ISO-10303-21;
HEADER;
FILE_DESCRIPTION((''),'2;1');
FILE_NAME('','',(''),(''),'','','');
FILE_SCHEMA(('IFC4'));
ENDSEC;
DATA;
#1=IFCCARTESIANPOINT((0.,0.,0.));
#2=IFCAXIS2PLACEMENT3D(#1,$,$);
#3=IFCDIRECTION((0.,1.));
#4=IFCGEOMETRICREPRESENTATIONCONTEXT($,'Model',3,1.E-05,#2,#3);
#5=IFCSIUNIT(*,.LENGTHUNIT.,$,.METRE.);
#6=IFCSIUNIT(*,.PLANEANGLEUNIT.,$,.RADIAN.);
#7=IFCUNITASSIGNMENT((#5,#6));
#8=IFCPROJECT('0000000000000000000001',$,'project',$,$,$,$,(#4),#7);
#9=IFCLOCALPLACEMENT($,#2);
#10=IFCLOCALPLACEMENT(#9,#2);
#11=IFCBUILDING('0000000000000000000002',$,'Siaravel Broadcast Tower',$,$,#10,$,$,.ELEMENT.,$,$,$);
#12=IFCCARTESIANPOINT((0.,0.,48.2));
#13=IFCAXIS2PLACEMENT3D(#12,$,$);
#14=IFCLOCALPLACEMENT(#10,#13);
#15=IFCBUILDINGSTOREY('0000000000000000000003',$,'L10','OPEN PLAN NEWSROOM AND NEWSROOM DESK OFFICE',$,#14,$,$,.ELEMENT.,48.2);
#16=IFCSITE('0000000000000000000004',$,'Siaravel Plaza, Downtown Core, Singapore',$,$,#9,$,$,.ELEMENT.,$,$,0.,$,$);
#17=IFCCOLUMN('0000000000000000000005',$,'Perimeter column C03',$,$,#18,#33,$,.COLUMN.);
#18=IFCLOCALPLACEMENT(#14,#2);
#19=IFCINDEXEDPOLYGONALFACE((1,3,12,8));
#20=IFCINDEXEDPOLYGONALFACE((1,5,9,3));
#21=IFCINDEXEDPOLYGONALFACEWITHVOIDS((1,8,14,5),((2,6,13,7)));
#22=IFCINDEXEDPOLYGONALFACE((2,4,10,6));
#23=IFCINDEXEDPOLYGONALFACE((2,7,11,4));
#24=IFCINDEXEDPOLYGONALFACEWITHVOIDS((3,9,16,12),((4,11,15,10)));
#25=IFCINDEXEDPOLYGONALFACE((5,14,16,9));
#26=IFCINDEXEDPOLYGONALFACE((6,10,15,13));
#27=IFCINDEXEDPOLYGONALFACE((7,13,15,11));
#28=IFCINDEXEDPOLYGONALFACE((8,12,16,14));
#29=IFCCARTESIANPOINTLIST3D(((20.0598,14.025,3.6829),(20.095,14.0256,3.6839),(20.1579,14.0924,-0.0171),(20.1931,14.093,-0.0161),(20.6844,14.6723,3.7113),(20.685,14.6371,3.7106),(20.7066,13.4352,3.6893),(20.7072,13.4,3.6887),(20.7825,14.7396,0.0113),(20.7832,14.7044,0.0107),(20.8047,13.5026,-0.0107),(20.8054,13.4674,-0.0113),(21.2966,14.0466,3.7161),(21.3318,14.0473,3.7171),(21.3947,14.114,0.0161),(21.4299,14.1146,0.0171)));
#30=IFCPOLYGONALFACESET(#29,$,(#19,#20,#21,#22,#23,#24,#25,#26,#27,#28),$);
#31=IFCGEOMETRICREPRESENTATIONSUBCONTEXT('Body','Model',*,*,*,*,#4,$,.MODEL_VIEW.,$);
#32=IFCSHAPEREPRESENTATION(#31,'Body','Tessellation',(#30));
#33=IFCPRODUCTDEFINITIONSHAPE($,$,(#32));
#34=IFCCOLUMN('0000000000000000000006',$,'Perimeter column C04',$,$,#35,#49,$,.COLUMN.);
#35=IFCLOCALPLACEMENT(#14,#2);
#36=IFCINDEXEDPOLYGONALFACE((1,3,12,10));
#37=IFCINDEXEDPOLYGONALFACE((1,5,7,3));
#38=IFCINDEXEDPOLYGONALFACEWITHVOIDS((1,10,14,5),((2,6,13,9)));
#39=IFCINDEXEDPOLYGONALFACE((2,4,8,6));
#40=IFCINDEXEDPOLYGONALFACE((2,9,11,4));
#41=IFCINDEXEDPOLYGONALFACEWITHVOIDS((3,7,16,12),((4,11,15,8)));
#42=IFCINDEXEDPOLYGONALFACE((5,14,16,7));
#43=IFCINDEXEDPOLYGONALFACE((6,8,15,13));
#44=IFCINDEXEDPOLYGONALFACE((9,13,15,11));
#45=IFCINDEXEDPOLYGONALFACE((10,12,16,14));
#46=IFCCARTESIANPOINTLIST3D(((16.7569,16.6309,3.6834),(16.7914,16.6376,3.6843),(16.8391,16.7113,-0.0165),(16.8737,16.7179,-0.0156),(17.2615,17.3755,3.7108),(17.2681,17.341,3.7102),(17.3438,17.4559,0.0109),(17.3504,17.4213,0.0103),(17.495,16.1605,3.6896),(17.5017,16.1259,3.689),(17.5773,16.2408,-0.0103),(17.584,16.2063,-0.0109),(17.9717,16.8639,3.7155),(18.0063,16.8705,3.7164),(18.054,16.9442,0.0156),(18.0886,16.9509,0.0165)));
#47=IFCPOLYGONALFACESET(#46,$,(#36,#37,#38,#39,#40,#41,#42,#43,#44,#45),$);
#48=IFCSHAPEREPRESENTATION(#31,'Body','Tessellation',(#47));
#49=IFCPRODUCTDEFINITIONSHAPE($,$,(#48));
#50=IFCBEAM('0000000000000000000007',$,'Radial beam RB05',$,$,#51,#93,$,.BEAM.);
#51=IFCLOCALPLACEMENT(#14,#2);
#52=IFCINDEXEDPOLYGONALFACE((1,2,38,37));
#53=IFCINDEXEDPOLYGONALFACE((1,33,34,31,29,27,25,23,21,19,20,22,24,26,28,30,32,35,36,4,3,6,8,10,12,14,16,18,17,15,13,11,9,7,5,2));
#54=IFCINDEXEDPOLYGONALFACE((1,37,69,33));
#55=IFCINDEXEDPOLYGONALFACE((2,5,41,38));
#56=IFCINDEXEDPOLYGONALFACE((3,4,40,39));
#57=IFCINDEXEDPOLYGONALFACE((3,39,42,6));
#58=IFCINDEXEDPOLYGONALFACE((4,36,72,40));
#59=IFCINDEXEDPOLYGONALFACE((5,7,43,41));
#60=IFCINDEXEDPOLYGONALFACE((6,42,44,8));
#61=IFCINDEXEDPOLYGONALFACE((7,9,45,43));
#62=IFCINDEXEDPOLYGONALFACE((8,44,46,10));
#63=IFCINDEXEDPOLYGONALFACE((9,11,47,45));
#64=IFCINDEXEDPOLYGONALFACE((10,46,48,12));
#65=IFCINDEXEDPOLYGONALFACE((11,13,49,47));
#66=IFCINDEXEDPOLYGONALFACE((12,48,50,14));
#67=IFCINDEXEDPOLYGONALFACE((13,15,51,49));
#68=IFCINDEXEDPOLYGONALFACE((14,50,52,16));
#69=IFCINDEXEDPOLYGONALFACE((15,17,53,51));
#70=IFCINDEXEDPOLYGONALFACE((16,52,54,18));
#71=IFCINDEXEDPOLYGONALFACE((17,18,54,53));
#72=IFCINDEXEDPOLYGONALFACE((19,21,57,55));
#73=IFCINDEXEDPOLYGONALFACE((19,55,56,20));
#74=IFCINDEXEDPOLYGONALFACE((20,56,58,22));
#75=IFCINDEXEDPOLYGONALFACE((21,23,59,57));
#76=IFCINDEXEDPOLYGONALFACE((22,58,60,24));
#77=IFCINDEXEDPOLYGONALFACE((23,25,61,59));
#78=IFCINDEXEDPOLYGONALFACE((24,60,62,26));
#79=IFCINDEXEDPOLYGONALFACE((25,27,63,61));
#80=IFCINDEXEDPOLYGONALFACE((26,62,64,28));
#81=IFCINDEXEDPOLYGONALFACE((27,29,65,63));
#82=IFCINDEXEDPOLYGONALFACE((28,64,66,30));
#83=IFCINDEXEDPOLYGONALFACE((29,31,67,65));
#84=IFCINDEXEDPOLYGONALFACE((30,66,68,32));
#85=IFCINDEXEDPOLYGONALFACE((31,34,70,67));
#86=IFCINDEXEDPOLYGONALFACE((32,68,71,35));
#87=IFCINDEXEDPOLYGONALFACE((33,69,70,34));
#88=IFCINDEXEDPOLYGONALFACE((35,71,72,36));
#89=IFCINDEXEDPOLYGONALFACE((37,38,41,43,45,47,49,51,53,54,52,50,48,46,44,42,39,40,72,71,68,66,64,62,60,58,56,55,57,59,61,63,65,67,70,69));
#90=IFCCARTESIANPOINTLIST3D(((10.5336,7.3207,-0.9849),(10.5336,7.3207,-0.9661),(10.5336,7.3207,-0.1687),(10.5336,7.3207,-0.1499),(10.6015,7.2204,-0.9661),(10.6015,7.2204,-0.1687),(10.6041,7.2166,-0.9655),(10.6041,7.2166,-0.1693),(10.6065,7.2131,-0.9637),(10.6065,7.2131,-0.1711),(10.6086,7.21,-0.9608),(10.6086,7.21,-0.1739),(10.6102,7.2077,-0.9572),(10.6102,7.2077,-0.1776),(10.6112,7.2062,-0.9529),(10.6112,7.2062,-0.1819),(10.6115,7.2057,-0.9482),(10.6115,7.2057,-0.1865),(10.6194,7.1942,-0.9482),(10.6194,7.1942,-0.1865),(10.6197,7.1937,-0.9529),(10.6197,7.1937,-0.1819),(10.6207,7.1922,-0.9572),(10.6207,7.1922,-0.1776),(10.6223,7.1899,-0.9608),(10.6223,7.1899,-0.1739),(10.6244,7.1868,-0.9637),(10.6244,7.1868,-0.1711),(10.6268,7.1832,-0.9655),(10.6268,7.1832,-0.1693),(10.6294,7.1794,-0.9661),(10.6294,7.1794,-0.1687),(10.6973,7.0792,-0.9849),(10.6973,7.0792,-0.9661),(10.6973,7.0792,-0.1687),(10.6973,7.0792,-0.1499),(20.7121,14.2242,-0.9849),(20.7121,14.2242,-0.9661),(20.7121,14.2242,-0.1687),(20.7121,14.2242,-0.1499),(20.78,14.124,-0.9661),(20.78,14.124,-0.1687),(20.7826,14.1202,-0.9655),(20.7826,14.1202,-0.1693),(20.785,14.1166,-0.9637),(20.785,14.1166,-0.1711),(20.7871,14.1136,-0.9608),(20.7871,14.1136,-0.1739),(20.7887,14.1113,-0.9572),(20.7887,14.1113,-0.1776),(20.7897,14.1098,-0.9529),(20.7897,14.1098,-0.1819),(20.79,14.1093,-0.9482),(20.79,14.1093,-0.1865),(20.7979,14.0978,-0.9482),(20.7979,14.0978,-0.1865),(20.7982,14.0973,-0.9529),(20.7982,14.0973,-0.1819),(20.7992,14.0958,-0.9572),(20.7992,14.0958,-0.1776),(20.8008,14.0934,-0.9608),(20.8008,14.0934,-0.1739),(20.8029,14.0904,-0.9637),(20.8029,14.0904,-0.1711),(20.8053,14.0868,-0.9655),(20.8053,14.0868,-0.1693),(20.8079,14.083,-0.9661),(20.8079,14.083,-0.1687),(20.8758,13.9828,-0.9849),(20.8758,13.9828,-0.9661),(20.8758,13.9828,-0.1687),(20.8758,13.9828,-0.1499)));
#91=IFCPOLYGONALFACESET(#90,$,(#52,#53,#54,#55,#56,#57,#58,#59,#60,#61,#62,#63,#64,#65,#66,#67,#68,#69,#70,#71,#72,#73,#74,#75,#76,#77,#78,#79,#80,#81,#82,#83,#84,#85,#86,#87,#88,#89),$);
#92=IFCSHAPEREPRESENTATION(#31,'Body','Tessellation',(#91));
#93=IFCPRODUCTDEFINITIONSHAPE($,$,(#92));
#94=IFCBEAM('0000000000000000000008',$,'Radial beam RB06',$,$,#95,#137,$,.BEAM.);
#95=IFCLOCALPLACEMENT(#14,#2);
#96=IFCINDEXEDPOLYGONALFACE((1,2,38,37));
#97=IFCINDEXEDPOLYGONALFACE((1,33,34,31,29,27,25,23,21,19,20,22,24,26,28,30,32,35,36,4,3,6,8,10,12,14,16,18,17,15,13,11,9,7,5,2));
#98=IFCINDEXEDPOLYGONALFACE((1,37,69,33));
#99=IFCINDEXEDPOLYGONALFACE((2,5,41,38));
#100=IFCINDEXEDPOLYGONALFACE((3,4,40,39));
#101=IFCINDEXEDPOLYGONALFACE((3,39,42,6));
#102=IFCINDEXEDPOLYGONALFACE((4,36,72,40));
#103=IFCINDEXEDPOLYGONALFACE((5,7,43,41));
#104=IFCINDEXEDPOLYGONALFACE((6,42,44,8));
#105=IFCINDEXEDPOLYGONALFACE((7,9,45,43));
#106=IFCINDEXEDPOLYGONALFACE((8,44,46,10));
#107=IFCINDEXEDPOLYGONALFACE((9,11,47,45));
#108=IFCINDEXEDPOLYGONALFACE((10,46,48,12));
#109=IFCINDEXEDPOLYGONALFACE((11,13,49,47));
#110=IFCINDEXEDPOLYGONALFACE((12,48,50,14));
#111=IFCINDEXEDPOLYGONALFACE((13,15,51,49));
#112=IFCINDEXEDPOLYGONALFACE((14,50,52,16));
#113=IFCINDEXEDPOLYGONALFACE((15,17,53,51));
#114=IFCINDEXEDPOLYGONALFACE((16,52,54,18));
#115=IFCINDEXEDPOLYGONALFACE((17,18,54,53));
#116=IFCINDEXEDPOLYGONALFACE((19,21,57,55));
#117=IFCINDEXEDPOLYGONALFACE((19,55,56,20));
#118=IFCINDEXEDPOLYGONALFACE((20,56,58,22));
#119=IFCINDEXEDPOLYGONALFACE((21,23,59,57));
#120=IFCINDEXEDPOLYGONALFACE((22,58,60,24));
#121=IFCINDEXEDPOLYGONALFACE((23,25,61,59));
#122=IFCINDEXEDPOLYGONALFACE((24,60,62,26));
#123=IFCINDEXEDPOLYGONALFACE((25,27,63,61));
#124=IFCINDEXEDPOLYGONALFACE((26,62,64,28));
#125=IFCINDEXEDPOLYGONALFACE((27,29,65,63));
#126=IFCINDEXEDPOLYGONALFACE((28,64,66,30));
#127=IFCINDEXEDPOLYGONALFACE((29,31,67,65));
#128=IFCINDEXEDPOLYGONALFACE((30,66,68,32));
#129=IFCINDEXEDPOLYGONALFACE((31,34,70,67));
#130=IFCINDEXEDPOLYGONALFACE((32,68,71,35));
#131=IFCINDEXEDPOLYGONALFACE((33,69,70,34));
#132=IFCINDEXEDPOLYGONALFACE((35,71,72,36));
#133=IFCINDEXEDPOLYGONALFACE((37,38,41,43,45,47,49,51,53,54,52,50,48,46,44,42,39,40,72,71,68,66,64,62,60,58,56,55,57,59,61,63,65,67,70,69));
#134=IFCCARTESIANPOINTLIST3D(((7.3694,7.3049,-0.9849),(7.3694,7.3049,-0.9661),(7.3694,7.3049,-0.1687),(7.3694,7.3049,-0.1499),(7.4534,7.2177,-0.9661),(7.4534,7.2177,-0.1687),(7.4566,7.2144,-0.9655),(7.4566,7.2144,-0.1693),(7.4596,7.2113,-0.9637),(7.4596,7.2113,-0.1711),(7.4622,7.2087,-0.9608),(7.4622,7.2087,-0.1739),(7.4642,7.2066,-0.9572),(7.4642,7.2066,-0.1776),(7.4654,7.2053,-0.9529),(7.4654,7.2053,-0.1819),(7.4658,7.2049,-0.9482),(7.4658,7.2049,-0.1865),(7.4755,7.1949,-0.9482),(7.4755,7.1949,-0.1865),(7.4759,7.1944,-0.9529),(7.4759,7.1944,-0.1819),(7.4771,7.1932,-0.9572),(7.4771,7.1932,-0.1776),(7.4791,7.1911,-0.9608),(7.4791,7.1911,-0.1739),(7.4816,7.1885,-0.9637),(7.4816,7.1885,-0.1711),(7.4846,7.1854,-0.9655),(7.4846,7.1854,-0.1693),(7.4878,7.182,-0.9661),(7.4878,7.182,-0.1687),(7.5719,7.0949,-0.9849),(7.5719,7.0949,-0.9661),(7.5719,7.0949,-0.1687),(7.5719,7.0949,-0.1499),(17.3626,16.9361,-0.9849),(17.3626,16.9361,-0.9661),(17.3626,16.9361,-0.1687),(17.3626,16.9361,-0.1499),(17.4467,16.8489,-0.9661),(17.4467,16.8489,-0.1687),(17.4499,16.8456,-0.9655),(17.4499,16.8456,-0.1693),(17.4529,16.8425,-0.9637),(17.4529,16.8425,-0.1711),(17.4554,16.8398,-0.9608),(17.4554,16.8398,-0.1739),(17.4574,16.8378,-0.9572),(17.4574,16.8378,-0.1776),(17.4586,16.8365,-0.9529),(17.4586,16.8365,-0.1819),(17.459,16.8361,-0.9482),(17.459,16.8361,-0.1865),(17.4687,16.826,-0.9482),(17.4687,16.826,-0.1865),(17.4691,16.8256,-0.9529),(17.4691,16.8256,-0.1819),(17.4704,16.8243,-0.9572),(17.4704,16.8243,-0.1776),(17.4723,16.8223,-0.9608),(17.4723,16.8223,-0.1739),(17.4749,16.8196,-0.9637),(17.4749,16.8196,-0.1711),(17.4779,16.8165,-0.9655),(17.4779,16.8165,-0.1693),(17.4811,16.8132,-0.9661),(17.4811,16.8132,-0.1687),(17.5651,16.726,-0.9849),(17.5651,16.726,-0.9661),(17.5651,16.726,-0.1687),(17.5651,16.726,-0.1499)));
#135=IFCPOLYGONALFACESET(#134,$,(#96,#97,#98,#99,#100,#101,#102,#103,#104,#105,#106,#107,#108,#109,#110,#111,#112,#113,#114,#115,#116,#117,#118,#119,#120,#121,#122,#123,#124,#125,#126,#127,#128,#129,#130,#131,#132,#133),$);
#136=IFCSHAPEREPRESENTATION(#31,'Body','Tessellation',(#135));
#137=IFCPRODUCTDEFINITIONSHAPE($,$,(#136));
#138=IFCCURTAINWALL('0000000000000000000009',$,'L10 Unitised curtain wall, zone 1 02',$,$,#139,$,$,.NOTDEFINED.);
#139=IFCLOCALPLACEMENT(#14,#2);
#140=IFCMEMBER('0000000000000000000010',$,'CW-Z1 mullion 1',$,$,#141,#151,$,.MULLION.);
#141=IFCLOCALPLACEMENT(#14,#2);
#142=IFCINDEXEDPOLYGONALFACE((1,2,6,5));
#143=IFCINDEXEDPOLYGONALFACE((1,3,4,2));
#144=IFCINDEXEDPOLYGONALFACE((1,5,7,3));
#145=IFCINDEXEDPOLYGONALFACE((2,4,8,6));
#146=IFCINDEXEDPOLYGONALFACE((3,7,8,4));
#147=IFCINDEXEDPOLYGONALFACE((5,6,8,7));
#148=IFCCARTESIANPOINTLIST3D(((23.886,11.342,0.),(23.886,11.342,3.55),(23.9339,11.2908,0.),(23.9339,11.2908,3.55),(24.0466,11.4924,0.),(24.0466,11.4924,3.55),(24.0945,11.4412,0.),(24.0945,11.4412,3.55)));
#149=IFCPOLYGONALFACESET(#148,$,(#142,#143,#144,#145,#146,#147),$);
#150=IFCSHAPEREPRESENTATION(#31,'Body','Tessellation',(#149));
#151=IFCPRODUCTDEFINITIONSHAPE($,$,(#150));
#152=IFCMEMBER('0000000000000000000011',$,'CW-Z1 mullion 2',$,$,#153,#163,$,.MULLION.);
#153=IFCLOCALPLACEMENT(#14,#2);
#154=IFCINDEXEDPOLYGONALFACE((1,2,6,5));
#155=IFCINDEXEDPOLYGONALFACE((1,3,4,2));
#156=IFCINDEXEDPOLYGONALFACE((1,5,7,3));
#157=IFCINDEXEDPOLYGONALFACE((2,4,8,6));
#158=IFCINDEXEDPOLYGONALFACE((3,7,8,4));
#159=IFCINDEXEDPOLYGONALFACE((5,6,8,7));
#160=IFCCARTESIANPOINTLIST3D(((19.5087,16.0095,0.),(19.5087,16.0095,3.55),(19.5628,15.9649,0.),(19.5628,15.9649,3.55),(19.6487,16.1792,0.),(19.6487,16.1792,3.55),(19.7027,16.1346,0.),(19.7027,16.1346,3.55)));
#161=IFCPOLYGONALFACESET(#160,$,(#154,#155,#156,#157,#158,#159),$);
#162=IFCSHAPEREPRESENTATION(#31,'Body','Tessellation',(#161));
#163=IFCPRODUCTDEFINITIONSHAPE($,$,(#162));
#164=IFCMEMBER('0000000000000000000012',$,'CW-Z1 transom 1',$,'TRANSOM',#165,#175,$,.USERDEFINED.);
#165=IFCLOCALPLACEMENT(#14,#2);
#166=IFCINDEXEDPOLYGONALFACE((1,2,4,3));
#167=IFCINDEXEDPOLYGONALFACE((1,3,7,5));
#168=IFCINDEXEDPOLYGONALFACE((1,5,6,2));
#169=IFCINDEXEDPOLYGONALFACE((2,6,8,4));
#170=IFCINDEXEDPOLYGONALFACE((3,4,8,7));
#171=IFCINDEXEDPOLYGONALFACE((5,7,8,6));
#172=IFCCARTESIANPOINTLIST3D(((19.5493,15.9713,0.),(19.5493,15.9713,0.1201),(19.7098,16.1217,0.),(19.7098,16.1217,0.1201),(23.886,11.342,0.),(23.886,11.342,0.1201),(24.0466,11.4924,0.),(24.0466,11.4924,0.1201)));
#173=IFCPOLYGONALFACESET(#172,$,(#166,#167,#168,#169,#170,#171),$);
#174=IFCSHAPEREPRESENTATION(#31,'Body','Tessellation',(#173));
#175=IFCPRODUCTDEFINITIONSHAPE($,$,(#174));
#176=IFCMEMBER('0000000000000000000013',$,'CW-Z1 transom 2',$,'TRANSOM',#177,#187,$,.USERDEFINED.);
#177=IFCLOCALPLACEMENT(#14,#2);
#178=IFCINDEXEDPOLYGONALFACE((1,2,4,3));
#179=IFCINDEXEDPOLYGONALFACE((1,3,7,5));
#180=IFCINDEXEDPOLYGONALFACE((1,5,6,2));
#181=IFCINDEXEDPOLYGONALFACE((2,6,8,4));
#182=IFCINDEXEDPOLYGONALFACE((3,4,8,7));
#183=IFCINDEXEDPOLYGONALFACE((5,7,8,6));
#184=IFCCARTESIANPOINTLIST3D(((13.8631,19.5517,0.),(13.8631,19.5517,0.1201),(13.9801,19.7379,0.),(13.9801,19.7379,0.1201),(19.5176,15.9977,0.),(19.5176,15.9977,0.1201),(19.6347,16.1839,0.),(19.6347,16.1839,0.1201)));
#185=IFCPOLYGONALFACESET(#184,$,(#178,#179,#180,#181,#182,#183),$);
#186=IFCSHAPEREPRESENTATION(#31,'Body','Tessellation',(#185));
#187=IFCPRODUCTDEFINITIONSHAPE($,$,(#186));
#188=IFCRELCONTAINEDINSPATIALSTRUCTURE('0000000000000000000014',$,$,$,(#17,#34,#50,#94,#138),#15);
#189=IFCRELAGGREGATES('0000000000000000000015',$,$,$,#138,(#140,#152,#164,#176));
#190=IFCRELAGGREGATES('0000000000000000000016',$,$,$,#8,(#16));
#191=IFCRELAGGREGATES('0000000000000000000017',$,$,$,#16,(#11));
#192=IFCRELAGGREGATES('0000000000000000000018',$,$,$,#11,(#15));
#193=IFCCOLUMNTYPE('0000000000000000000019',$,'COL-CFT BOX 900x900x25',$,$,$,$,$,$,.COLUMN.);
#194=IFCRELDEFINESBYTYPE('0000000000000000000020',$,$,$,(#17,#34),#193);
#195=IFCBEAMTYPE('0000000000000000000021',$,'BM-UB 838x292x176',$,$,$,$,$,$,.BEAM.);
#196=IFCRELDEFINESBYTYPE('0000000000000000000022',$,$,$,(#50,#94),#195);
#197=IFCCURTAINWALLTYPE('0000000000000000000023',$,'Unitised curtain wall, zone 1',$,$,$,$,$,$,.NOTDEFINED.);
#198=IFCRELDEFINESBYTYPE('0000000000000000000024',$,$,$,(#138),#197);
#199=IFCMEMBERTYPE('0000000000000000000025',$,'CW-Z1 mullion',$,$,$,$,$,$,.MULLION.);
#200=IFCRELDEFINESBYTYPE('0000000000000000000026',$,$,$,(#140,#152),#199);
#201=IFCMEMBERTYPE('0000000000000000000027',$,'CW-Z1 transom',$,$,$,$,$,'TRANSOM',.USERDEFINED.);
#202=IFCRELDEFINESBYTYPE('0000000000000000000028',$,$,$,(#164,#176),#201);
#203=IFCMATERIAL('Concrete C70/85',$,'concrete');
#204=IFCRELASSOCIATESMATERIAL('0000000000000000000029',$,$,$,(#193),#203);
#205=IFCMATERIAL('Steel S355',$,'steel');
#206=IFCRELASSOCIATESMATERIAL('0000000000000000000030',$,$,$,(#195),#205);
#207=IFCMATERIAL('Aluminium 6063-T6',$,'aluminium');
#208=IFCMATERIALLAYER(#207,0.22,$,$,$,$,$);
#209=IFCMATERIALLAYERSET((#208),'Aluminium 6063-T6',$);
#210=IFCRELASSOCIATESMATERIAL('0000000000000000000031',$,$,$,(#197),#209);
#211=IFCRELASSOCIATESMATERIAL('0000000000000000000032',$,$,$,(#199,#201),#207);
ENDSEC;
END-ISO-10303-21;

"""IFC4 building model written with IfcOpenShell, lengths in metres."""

from ifc_helpers import new_model, si_unit, direction, frame, origin, origin_2d, place, context, subcontext, project, spatial, rectangle, hollow_rectangle, i_section, extrude, material, layer, layer_set, material_profile, profile_set, type_object, element, aggregate, save


model = new_model("IFC4")

# Units and contexts
model_context = context("Model", 3, precision=1e-05, world=origin(), true_north=direction((0.0, 1.0)))
body_context = subcontext(model_context, "Body", "Model", "MODEL_VIEW")
ifc_project = project(units=[si_unit("LENGTHUNIT", "METRE"), si_unit("PLANEANGLEUNIT", "RADIAN")], contexts=[model_context])

# Site, building, storey
site_placement = place(None, origin())
site = spatial("IfcSite", under=ifc_project, at=site_placement, Name="Siaravel Plaza, Downtown Core, Singapore", CompositionType="ELEMENT", RefElevation=0.0)
building_placement = place(site_placement, origin())
building = spatial("IfcBuilding", under=site, at=building_placement, Name="Siaravel Broadcast Tower", CompositionType="ELEMENT")
storey_placement = place(building_placement, frame((0.0, 0.0, 48.2)))
storey = spatial("IfcBuildingStorey", under=building, at=storey_placement, Name="L10", Description="OPEN PLAN NEWSROOM AND NEWSROOM DESK OFFICE", CompositionType="ELEMENT", Elevation=48.2)

# Columns
ifc_material_1 = material(Name="Concrete C70/85", Category="concrete")
ifc_material_profile_1 = material_profile(ifc_material_1, hollow_rectangle(XDim=0.8999, YDim=0.8999, WallThickness=0.0249, at=origin_2d()))
ifc_profile_set_1 = profile_set([ifc_material_profile_1], Name="Concrete C70/85")
column_type = type_object("IfcColumnType", Name="COL-CFT BOX 900x900x25", PredefinedType="COLUMN", material=ifc_profile_set_1)
column_1_placement = place(storey_placement, frame((20.7939, 14.1035, 0.0), z_axis=(-0.026512, -0.018202, 0.999483), x_axis=(0.719439, -0.694526, 0.006435)))
element("IfcColumn", 1, at=column_1_placement, inside=storey, type_object=column_type, Name="Perimeter column C03", PredefinedType="COLUMN", context=body_context, shape_type="SweptSolid", body=[
    extrude(hollow_rectangle(XDim=0.8999, YDim=0.8999, WallThickness=0.0249, at=origin_2d()), origin(), (0.0, 0.0, 1.0), 3.7019),
])
column_2_placement = place(storey_placement, frame((17.4639, 16.8311, 0.0), z_axis=(-0.022226, -0.021699, 0.999517), x_axis=(0.827676, -0.561172, 0.006222)))
element("IfcColumn", 2, at=column_2_placement, inside=storey, type_object=column_type, Name="Perimeter column C04", PredefinedType="COLUMN", context=body_context, shape_type="SweptSolid", body=[
    extrude(hollow_rectangle(XDim=0.8999, YDim=0.8999, WallThickness=0.0249, at=origin_2d()), origin(), (0.0, 0.0, 1.0), 3.7017),
])

# Beams
ifc_material_2 = material(Name="Steel S355", Category="steel")
ifc_material_profile_2 = material_profile(ifc_material_2, i_section(OverallWidth=0.2917, OverallDepth=0.835, WebThickness=0.0139, FlangeThickness=0.0188, FilletRadius=0.0178, at=origin_2d()))
ifc_profile_set_2 = profile_set([ifc_material_profile_2], Name="Steel S355")
beam_type = type_object("IfcBeamType", Name="BM-UB 838x292x176", PredefinedType="BEAM", material=ifc_profile_set_2)
beam_1_placement = place(storey_placement, frame((20.7939, 14.1035, -0.5674), z_axis=(-0.827599, -0.56132, 0.0), x_axis=(0.56132, -0.827599, 0.0)))
element("IfcBeam", 3, at=beam_1_placement, inside=storey, type_object=beam_type, Name="Radial beam RB05", PredefinedType="BEAM", context=body_context, shape_type="SweptSolid", body=[
    extrude(i_section(OverallWidth=0.2917, OverallDepth=0.835, WebThickness=0.0139, FlangeThickness=0.0188, FilletRadius=0.0178, at=origin_2d()), origin(), (0.0, 0.0, 1.0), 12.2988),
])
beam_2_placement = place(storey_placement, frame((17.4639, 16.8311, -0.5674), z_axis=(-0.72003, -0.693943, 0.0), x_axis=(0.693943, -0.72003, 0.0)))
element("IfcBeam", 4, at=beam_2_placement, inside=storey, type_object=beam_type, Name="Radial beam RB06", PredefinedType="BEAM", context=body_context, shape_type="SweptSolid", body=[
    extrude(i_section(OverallWidth=0.2917, OverallDepth=0.835, WebThickness=0.0139, FlangeThickness=0.0188, FilletRadius=0.0178, at=origin_2d()), origin(), (0.0, 0.0, 1.0), 13.8789),
])

# Curtain wall, members
ifc_material_3 = material(Name="Aluminium 6063-T6", Category="aluminium")
ifc_layer_1 = layer(ifc_material_3, 0.22)
ifc_layer_set_1 = layer_set([ifc_layer_1], Name="Aluminium 6063-T6")
curtain_wall_type = type_object("IfcCurtainWallType", Name="Unitised curtain wall, zone 1", PredefinedType="NOTDEFINED", material=ifc_layer_set_1)
curtain_wall_placement = place(storey_placement, origin())
curtain_wall = element("IfcCurtainWall", 5, at=curtain_wall_placement, inside=storey, type_object=curtain_wall_type, Name="L10 Unitised curtain wall, zone 1 02", PredefinedType="NOTDEFINED")
ifc_material_profile_3 = material_profile(ifc_material_3, rectangle(XDim=0.22, YDim=0.0701, at=origin_2d()))
ifc_profile_set_3 = profile_set([ifc_material_profile_3], Name="Aluminium 6063-T6")
member_type_1 = type_object("IfcMemberType", Name="CW-Z1 mullion", PredefinedType="MULLION", material=ifc_profile_set_3)
member_1_placement = place(storey_placement, frame((23.9902, 11.3916, 0.0), z_axis=(0.0, 0.0, 1.0), x_axis=(-0.729805, -0.683655, 0.0)))
member_1 = element("IfcMember", 6, at=member_1_placement, type_object=member_type_1, Name="CW-Z1 mullion 1", PredefinedType="MULLION", context=body_context, shape_type="SweptSolid", body=[
    extrude(rectangle(XDim=0.22, YDim=0.0701, at=origin_2d()), origin(), (0.0, 0.0, 1.0), 3.55),
])
member_2_placement = place(storey_placement, frame((19.6057, 16.072, 0.0), z_axis=(0.0, 0.0, 1.0), x_axis=(-0.636219, -0.771509, 0.0)))
member_2 = element("IfcMember", 7, at=member_2_placement, type_object=member_type_1, Name="CW-Z1 mullion 2", PredefinedType="MULLION", context=body_context, shape_type="SweptSolid", body=[
    extrude(rectangle(XDim=0.22, YDim=0.0701, at=origin_2d()), origin(), (0.0, 0.0, 1.0), 3.55),
])
ifc_material_profile_4 = material_profile(ifc_material_3, rectangle(XDim=0.22, YDim=0.1201, at=origin_2d()))
ifc_profile_set_4 = profile_set([ifc_material_profile_4], Name="Aluminium 6063-T6")
member_type_2 = type_object("IfcMemberType", Name="CW-Z1 transom", ElementType="TRANSOM", PredefinedType="USERDEFINED", material=ifc_profile_set_4)
member_3_placement = place(storey_placement, frame((23.9663, 11.4172, 0.0601), z_axis=(-0.683676, 0.729786, 0.0), x_axis=(-0.729786, -0.683676, 0.0)))
member_3 = element("IfcMember", 8, at=member_3_placement, type_object=member_type_2, Name="CW-Z1 transom 1", ObjectType="TRANSOM", PredefinedType="USERDEFINED", context=body_context, shape_type="SweptSolid", body=[
    extrude(rectangle(XDim=0.22, YDim=0.1201, at=origin_2d()), origin(), (0.0, 0.0, 1.0), 6.3433),
])
member_4_placement = place(storey_placement, frame((19.5762, 16.0908, 0.0601), z_axis=(-0.846659, 0.532136, 0.0), x_axis=(-0.532136, -0.846659, 0.0)))
member_4 = element("IfcMember", 9, at=member_4_placement, type_object=member_type_2, Name="CW-Z1 transom 2", ObjectType="TRANSOM", PredefinedType="USERDEFINED", context=body_context, shape_type="SweptSolid", body=[
    extrude(rectangle(XDim=0.22, YDim=0.1201, at=origin_2d()), origin(), (0.0, 0.0, 1.0), 6.6787),
])

aggregate(curtain_wall, [member_1, member_2, member_3, member_4])

save(model, "model.ifc")
